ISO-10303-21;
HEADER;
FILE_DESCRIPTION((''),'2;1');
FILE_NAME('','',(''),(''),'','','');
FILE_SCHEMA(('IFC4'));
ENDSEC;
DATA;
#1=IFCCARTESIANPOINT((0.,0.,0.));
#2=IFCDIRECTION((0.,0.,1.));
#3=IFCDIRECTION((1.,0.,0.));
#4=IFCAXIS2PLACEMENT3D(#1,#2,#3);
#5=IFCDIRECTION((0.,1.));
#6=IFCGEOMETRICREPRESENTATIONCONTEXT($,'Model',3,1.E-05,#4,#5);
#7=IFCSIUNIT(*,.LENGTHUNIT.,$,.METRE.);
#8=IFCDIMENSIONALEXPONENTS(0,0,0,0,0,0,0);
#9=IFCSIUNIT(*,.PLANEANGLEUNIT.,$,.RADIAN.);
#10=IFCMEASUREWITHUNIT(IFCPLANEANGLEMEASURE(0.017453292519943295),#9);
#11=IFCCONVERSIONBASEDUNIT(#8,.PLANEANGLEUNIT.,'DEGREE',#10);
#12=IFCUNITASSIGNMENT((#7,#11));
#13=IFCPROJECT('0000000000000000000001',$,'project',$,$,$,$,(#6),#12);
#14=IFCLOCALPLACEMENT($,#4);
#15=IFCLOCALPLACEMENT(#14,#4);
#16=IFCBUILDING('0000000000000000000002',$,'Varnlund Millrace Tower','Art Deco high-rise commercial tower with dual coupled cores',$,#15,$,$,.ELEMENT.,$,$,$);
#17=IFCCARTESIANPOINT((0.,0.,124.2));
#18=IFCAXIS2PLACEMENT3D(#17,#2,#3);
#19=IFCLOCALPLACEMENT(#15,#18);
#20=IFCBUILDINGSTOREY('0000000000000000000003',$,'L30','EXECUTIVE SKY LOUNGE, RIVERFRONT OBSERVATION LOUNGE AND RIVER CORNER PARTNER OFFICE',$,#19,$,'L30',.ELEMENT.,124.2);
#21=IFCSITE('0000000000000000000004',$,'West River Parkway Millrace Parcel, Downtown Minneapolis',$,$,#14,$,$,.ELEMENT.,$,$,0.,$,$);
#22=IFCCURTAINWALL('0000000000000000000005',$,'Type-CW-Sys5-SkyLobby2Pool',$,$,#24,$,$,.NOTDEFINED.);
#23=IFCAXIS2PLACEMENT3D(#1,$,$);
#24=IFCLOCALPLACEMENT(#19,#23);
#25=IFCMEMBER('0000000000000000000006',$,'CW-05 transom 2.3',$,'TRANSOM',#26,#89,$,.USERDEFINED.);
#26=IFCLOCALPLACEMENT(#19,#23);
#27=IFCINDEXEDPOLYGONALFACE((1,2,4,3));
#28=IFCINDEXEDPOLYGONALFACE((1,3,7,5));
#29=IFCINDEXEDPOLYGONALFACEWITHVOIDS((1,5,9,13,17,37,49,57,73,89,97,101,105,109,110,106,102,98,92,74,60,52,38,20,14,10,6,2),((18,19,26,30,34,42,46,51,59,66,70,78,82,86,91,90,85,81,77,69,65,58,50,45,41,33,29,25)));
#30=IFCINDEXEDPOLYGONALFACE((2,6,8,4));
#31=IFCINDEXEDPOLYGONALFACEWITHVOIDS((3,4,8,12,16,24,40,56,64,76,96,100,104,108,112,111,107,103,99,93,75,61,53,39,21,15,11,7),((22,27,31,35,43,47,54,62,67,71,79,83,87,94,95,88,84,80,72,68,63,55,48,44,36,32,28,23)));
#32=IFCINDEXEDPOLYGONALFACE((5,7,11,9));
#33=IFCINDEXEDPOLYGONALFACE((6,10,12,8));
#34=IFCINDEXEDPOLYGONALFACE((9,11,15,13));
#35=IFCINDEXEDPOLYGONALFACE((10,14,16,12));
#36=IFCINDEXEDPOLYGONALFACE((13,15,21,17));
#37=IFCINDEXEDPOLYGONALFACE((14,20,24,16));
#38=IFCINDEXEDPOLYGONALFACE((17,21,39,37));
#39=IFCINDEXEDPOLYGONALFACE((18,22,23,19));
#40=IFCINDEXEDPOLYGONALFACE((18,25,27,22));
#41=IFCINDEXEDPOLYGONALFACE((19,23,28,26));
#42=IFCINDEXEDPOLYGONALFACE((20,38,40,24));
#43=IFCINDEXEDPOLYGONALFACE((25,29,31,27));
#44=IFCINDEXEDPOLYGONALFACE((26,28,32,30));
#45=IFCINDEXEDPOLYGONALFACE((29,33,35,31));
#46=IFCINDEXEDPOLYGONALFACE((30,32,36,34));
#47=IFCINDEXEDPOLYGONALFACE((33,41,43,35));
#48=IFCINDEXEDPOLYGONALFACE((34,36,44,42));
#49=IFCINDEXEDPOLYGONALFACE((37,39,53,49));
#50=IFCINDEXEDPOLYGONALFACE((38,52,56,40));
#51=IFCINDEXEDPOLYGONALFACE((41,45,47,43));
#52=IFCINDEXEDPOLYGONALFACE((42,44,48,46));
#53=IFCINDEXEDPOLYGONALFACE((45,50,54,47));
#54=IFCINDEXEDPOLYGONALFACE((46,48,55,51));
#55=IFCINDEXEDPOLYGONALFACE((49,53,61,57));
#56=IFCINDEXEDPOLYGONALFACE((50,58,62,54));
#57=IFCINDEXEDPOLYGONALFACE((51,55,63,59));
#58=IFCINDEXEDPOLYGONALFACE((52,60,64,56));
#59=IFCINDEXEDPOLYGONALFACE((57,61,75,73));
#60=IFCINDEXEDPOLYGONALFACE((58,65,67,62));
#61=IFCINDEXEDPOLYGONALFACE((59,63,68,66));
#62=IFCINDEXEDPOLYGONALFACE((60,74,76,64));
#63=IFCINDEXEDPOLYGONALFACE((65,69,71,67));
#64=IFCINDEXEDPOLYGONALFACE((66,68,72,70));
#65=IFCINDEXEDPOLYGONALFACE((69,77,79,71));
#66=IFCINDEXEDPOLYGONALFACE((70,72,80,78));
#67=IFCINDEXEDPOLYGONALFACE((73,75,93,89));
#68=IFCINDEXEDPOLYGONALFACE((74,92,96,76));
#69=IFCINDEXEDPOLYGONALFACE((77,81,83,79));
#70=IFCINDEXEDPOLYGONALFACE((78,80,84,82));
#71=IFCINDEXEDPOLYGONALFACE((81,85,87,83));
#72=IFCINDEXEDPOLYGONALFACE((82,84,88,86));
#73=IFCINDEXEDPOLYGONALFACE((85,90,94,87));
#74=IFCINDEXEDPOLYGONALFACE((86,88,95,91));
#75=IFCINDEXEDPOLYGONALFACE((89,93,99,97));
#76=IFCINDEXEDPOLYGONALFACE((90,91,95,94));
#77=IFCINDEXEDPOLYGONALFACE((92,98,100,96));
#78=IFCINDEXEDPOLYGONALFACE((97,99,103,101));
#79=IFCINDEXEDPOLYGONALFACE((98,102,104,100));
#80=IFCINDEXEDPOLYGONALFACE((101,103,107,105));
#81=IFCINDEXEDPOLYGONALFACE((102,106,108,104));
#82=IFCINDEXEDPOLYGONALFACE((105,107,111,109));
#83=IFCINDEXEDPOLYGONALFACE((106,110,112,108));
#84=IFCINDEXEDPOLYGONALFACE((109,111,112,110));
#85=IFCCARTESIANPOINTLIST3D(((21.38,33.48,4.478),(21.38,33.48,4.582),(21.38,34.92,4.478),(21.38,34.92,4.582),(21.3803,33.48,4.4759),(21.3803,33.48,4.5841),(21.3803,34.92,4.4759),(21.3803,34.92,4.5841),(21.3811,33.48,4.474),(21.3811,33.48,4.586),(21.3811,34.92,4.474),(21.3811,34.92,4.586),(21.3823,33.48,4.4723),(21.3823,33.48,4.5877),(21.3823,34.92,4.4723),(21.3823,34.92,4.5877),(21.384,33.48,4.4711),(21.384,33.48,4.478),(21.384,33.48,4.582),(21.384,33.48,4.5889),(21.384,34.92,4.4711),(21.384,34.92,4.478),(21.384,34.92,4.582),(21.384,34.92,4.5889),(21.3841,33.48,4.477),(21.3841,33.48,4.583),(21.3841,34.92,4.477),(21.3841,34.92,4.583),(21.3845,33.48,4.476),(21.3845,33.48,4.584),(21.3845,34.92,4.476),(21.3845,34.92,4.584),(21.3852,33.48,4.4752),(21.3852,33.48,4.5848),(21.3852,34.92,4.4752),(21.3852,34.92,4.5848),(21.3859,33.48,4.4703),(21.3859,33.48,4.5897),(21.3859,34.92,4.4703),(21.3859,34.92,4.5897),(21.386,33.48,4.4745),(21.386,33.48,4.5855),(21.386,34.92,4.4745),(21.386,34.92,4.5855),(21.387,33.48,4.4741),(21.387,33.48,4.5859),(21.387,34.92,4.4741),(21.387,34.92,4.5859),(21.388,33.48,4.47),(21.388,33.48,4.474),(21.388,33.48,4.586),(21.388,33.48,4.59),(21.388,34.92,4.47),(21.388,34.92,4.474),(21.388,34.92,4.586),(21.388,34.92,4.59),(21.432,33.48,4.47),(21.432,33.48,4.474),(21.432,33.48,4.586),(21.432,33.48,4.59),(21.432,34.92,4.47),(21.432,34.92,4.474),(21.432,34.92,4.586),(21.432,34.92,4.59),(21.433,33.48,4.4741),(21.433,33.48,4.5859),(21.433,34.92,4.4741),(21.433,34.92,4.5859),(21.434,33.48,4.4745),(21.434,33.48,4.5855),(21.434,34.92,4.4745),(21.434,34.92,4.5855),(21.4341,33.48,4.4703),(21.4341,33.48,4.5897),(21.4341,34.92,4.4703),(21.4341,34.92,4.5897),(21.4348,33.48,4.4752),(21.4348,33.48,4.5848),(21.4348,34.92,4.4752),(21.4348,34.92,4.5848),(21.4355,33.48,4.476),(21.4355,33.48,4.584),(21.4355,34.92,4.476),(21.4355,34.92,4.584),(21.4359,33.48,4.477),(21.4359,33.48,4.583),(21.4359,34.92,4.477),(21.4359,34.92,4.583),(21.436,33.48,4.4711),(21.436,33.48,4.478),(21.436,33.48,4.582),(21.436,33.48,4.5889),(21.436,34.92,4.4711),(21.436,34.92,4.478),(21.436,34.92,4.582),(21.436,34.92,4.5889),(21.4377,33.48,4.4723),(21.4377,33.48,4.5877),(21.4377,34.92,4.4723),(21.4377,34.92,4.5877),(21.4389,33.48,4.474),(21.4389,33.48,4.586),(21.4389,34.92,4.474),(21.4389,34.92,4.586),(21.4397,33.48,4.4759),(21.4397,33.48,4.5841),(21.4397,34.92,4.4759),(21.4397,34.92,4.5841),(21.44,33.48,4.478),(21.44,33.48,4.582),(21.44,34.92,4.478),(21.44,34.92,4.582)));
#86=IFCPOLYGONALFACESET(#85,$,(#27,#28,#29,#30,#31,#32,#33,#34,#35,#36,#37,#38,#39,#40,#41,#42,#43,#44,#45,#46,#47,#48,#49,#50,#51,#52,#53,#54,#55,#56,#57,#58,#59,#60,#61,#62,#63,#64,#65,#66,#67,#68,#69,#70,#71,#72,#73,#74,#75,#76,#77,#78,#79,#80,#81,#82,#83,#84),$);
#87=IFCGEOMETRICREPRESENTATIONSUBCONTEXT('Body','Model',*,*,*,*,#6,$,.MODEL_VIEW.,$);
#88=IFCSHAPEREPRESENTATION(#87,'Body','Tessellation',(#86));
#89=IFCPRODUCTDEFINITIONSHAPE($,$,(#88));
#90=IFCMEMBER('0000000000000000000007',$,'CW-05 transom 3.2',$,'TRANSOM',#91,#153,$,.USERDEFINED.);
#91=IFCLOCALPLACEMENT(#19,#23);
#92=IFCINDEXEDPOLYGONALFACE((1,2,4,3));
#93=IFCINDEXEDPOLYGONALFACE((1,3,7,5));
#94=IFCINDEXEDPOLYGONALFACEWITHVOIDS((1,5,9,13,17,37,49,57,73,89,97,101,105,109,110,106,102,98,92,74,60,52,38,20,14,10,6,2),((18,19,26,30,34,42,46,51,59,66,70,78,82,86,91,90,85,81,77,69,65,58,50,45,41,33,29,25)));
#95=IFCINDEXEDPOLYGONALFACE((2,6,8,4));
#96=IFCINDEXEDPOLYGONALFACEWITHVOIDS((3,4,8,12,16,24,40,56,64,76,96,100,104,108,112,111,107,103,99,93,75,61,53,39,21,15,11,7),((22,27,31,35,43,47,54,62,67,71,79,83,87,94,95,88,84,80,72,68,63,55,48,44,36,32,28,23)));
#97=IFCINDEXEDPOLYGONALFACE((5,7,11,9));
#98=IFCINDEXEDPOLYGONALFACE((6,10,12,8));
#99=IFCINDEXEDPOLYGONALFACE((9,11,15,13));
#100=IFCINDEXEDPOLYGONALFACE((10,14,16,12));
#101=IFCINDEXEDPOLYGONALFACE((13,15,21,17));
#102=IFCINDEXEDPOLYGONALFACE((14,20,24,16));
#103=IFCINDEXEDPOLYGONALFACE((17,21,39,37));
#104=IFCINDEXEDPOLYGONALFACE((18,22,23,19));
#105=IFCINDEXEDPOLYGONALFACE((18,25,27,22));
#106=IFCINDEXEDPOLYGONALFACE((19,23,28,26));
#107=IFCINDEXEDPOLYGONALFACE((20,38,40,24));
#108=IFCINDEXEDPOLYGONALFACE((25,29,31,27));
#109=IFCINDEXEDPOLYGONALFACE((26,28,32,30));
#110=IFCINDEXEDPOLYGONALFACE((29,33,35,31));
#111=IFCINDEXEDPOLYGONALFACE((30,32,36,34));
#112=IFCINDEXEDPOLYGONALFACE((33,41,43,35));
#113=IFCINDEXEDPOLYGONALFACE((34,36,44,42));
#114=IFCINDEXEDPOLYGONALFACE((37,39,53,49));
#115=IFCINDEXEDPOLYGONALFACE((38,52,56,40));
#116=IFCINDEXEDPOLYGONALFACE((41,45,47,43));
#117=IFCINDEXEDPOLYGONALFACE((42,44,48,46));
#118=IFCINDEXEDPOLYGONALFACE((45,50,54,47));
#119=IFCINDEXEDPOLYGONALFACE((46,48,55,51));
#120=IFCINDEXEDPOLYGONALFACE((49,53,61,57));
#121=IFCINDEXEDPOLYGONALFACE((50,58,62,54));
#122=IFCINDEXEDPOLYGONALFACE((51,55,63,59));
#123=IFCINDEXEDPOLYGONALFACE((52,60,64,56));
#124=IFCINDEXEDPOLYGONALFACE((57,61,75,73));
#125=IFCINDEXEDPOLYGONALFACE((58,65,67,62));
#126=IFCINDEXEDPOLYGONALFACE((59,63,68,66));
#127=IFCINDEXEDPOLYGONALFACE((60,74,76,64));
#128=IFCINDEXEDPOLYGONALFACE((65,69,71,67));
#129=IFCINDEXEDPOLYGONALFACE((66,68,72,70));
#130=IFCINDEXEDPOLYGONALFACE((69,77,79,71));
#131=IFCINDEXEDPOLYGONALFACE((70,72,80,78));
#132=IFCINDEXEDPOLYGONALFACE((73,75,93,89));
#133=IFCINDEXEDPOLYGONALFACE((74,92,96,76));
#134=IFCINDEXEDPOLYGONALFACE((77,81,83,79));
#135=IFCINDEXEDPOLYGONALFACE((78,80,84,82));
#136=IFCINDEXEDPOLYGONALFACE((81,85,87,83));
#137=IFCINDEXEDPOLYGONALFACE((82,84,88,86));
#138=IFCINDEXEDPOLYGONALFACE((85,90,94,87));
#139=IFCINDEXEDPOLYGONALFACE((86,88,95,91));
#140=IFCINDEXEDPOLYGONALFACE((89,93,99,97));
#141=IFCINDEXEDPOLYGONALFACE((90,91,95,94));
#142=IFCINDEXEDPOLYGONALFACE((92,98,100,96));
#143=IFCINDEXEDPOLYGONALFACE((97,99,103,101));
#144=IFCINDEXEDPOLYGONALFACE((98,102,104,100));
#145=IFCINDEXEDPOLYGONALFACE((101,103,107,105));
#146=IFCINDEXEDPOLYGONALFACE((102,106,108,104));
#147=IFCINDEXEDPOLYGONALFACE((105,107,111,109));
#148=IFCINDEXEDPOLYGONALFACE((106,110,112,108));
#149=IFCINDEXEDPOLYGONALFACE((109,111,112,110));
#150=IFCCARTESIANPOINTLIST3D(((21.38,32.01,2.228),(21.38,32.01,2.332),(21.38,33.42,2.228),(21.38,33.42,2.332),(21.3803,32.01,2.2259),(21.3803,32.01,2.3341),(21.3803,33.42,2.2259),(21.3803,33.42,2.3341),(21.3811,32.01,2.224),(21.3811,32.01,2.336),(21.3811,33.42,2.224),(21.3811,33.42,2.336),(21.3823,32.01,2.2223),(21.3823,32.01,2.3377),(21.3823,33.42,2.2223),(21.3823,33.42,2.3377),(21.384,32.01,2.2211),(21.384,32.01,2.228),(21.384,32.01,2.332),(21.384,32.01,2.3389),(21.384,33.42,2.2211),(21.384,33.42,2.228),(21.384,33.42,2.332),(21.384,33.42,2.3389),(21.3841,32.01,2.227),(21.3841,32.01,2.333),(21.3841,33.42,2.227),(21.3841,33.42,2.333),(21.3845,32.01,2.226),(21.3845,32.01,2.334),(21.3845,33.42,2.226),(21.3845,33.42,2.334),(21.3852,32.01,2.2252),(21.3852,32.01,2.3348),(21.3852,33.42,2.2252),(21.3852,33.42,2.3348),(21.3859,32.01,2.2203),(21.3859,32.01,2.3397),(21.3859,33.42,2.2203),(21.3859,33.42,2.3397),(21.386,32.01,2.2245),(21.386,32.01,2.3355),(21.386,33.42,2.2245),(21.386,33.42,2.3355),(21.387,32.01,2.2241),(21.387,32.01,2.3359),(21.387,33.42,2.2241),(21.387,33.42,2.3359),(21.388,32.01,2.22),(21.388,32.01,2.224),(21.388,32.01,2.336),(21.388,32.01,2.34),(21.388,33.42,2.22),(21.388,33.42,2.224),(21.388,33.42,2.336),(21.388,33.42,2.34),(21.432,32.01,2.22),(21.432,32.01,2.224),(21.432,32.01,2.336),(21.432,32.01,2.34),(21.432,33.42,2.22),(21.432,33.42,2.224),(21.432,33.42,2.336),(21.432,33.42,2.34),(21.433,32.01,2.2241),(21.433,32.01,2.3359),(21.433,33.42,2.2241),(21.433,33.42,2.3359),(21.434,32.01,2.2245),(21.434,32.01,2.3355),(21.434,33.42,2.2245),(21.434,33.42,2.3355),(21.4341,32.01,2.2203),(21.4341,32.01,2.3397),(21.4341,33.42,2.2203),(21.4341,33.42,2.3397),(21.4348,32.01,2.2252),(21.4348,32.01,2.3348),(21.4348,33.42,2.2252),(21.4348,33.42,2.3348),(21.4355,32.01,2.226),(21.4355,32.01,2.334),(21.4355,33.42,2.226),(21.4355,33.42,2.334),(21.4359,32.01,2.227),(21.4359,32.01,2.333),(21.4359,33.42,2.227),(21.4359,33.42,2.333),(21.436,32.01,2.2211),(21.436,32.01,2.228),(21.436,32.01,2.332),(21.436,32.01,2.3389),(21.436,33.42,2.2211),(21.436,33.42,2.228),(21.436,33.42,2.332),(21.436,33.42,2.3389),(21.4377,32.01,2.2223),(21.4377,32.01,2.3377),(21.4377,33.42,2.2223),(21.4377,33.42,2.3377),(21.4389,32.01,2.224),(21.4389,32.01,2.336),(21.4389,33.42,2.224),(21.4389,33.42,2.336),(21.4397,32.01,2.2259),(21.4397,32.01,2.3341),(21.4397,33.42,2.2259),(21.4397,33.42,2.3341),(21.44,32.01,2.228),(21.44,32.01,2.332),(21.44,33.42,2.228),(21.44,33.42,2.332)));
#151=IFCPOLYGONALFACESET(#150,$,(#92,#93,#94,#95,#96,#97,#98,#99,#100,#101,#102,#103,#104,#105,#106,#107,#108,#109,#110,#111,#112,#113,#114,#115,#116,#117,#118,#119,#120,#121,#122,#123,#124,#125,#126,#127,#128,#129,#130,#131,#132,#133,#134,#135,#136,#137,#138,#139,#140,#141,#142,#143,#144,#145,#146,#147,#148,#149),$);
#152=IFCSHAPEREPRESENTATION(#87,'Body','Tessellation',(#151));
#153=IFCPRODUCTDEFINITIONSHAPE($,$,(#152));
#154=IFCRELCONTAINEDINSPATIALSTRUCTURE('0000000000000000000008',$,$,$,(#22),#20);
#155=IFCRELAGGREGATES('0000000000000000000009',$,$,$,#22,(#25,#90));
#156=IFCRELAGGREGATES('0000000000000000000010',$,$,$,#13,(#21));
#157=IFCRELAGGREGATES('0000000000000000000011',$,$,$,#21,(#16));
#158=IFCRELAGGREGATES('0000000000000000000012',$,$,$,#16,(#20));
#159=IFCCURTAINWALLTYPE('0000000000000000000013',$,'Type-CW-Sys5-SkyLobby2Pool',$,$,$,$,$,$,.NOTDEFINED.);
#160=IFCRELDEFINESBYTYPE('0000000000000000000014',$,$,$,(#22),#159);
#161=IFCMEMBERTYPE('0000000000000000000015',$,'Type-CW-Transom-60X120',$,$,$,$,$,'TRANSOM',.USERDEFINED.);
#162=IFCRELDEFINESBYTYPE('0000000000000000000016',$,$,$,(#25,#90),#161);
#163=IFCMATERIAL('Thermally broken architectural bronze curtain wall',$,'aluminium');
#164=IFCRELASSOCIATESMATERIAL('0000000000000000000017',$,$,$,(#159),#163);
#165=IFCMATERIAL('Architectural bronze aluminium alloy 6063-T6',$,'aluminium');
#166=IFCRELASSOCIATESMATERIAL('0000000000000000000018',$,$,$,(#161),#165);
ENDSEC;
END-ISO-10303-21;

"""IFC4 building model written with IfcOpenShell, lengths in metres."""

from ifc_helpers import new_model, entity, si_unit, converted_unit, direction, frame, origin_with_axes, origin_2d_with_axis, place, context, subcontext, project, spatial, hollow_rectangle, extrude, material, material_profile, profile_set, type_object, element, aggregate, save


model = new_model("IFC4")

# Units and contexts
model_context = context("Model", 3, precision=1e-05, world=origin_with_axes(), true_north=direction((0.0, 1.0)))
body_context = subcontext(model_context, "Body", "Model", "MODEL_VIEW")
ifc_project = project(units=[si_unit("LENGTHUNIT", "METRE"), converted_unit("PLANEANGLEUNIT", "DEGREE", entity("IfcPlaneAngleMeasure", 0.017453292519943295), si_unit("PLANEANGLEUNIT", "RADIAN"), dimensions=[0, 0, 0, 0, 0, 0, 0])], contexts=[model_context])

# Site, building, storey
site_placement = place(None, origin_with_axes())
site = spatial("IfcSite", under=ifc_project, at=site_placement, Name="West River Parkway Millrace Parcel, Downtown Minneapolis", CompositionType="ELEMENT", RefElevation=0.0)
building_placement = place(site_placement, origin_with_axes())
building = spatial("IfcBuilding", under=site, at=building_placement, Name="Varnlund Millrace Tower", Description="Art Deco high-rise commercial tower with dual coupled cores", CompositionType="ELEMENT")
storey_placement = place(building_placement, frame((0.0, 0.0, 124.2), z_axis=(0.0, 0.0, 1.0), x_axis=(1.0, 0.0, 0.0)))
storey = spatial("IfcBuildingStorey", under=building, at=storey_placement, Name="L30", Description="EXECUTIVE SKY LOUNGE, RIVERFRONT OBSERVATION LOUNGE AND RIVER CORNER PARTNER OFFICE", LongName="L30", CompositionType="ELEMENT", Elevation=124.2)

# Curtain wall, members
ifc_material_1 = material(Name="Thermally broken architectural bronze curtain wall", Category="aluminium")
curtain_wall_type = type_object("IfcCurtainWallType", Name="Type-CW-Sys5-SkyLobby2Pool", PredefinedType="NOTDEFINED", material=ifc_material_1)
curtain_wall_placement = place(storey_placement, frame((21.41, 36.45, 0.0), z_axis=(0.0, 0.0, 1.0), x_axis=(1.0, 0.0, 0.0)))
curtain_wall = element("IfcCurtainWall", 1, at=curtain_wall_placement, inside=storey, type_object=curtain_wall_type, Name="Type-CW-Sys5-SkyLobby2Pool", PredefinedType="NOTDEFINED")
ifc_material_2 = material(Name="Architectural bronze aluminium alloy 6063-T6", Category="aluminium")
ifc_material_profile_1 = material_profile(ifc_material_2, hollow_rectangle(XDim=0.06, YDim=0.12, WallThickness=0.004, InnerFilletRadius=0.004, OuterFilletRadius=0.008, at=origin_2d_with_axis()), Name="Architectural bronze aluminium alloy 6063-T6")
ifc_profile_set_1 = profile_set([ifc_material_profile_1], Name="Architectural bronze aluminium alloy 6063-T6")
member_type_1 = type_object("IfcMemberType", Name="Type-CW-Transom-60X120", ElementType="TRANSOM", PredefinedType="USERDEFINED", material=ifc_profile_set_1)
member_1_placement = place(storey_placement, frame((21.41, 34.92, 4.53), z_axis=(0.0, -1.0, 0.0), x_axis=(1.0, 0.0, 0.0)))
member_1 = element("IfcMember", 2, at=member_1_placement, type_object=member_type_1, Name="CW-05 transom 2.3", ObjectType="TRANSOM", PredefinedType="USERDEFINED", context=body_context, shape_type="SweptSolid", body=[
    extrude(hollow_rectangle(XDim=0.06, YDim=0.12, WallThickness=0.004, InnerFilletRadius=0.004, OuterFilletRadius=0.008, at=origin_2d_with_axis()), origin_with_axes(), (0.0, 0.0, 1.0), 1.44),
])
member_2_placement = place(storey_placement, frame((21.41, 33.42, 2.28), z_axis=(0.0, -1.0, 0.0), x_axis=(1.0, 0.0, 0.0)))
member_2 = element("IfcMember", 3, at=member_2_placement, type_object=member_type_1, Name="CW-05 transom 3.2", ObjectType="TRANSOM", PredefinedType="USERDEFINED", context=body_context, shape_type="SweptSolid", body=[
    extrude(hollow_rectangle(XDim=0.06, YDim=0.12, WallThickness=0.004, InnerFilletRadius=0.004, OuterFilletRadius=0.008, at=origin_2d_with_axis()), origin_with_axes(), (0.0, 0.0, 1.0), 1.41),
])

aggregate(curtain_wall, [member_1, member_2])

save(model, "model.ifc")
